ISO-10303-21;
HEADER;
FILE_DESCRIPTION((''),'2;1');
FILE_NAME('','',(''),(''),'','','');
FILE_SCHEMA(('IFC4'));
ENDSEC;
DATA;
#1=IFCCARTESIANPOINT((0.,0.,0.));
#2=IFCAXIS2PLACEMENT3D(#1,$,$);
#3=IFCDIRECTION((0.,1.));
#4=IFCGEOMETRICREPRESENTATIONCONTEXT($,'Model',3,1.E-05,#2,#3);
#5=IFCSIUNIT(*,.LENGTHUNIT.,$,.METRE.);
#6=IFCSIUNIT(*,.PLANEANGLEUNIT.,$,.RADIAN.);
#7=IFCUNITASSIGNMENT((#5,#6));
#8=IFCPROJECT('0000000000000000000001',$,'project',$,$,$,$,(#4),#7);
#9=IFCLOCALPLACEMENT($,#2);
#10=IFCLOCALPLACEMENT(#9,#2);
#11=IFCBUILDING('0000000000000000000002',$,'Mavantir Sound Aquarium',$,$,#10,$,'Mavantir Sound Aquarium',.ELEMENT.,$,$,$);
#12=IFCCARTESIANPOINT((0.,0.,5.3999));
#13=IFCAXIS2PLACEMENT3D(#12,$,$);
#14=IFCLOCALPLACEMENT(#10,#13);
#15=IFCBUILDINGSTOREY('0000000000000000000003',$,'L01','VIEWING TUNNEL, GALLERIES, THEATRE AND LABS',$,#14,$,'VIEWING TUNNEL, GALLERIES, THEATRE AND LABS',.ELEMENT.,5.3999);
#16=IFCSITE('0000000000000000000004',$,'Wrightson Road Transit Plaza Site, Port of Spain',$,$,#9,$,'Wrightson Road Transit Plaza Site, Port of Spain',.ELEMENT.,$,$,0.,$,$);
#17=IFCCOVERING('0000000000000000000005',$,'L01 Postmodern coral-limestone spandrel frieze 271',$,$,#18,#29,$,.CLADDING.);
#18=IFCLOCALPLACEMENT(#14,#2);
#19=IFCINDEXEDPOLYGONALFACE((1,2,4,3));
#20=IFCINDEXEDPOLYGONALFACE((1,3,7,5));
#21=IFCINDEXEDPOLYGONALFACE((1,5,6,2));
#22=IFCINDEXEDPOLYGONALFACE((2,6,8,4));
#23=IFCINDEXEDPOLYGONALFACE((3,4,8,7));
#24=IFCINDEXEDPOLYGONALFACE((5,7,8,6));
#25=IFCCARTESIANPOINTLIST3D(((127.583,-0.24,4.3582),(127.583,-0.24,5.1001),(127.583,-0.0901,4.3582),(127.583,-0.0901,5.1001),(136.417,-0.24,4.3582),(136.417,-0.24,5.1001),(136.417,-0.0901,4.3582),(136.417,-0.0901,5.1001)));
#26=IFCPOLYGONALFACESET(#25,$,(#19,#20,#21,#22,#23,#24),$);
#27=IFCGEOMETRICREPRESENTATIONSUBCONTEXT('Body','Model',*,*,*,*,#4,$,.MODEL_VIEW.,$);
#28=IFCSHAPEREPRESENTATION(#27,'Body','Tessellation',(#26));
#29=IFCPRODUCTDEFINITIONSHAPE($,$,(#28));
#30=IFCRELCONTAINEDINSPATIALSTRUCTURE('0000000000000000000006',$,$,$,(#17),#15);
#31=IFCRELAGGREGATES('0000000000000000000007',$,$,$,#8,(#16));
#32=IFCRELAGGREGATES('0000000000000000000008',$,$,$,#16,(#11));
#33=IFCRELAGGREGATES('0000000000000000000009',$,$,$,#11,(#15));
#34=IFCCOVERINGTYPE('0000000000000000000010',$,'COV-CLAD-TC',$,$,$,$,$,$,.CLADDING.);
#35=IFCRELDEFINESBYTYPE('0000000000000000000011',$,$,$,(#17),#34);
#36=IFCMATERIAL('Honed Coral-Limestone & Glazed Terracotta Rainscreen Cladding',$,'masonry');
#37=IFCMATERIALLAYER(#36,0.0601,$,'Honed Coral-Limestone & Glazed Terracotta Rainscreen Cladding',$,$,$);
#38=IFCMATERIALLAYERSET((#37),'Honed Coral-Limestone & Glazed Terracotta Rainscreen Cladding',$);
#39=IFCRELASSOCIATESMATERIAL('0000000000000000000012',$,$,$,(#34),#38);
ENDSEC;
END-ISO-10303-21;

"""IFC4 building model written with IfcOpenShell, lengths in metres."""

from ifc_helpers import new_model, si_unit, direction, frame, origin, place, context, subcontext, project, spatial, polyline, outline, extrude, material, layer, layer_set, type_object, element, save


model = new_model("IFC4")

# Units and contexts
model_context = context("Model", 3, precision=1e-05, world=origin(), true_north=direction((0.0, 1.0)))
body_context = subcontext(model_context, "Body", "Model", "MODEL_VIEW")
ifc_project = project(units=[si_unit("LENGTHUNIT", "METRE"), si_unit("PLANEANGLEUNIT", "RADIAN")], contexts=[model_context])

# Site, building, storey
site_placement = place(None, origin())
site = spatial("IfcSite", under=ifc_project, at=site_placement, Name="Wrightson Road Transit Plaza Site, Port of Spain", LongName="Wrightson Road Transit Plaza Site, Port of Spain", CompositionType="ELEMENT", RefElevation=0.0)
building_placement = place(site_placement, origin())
building = spatial("IfcBuilding", under=site, at=building_placement, Name="Mavantir Sound Aquarium", LongName="Mavantir Sound Aquarium", CompositionType="ELEMENT")
storey_placement = place(building_placement, frame((0.0, 0.0, 5.3999)))
storey = spatial("IfcBuildingStorey", under=building, at=storey_placement, Name="L01", Description="VIEWING TUNNEL, GALLERIES, THEATRE AND LABS", LongName="VIEWING TUNNEL, GALLERIES, THEATRE AND LABS", CompositionType="ELEMENT", Elevation=5.3999)

# Covering
ifc_material = material(Name="Honed Coral-Limestone & Glazed Terracotta Rainscreen Cladding", Category="masonry")
ifc_layer = layer(ifc_material, 0.0601, Name="Honed Coral-Limestone & Glazed Terracotta Rainscreen Cladding")
ifc_layer_set = layer_set([ifc_layer], Name="Honed Coral-Limestone & Glazed Terracotta Rainscreen Cladding")
covering_type = type_object("IfcCoveringType", Name="COV-CLAD-TC", PredefinedType="CLADDING", material=ifc_layer_set)
covering_1_placement = place(storey_placement, frame((0.0, 0.0, 4.3582)))
element("IfcCovering", 1, at=covering_1_placement, inside=storey, type_object=covering_type, Name="L01 Postmodern coral-limestone spandrel frieze 271", PredefinedType="CLADDING", context=body_context, shape_type="SweptSolid", body=[
    extrude(outline(polyline([(127.583, -0.0901), (136.417, -0.0901), (136.417, -0.24), (127.583, -0.24), (127.583, -0.0901)])), origin(), (0.0, 0.0, 1.0), 0.7419),
])

save(model, "model.ifc")
